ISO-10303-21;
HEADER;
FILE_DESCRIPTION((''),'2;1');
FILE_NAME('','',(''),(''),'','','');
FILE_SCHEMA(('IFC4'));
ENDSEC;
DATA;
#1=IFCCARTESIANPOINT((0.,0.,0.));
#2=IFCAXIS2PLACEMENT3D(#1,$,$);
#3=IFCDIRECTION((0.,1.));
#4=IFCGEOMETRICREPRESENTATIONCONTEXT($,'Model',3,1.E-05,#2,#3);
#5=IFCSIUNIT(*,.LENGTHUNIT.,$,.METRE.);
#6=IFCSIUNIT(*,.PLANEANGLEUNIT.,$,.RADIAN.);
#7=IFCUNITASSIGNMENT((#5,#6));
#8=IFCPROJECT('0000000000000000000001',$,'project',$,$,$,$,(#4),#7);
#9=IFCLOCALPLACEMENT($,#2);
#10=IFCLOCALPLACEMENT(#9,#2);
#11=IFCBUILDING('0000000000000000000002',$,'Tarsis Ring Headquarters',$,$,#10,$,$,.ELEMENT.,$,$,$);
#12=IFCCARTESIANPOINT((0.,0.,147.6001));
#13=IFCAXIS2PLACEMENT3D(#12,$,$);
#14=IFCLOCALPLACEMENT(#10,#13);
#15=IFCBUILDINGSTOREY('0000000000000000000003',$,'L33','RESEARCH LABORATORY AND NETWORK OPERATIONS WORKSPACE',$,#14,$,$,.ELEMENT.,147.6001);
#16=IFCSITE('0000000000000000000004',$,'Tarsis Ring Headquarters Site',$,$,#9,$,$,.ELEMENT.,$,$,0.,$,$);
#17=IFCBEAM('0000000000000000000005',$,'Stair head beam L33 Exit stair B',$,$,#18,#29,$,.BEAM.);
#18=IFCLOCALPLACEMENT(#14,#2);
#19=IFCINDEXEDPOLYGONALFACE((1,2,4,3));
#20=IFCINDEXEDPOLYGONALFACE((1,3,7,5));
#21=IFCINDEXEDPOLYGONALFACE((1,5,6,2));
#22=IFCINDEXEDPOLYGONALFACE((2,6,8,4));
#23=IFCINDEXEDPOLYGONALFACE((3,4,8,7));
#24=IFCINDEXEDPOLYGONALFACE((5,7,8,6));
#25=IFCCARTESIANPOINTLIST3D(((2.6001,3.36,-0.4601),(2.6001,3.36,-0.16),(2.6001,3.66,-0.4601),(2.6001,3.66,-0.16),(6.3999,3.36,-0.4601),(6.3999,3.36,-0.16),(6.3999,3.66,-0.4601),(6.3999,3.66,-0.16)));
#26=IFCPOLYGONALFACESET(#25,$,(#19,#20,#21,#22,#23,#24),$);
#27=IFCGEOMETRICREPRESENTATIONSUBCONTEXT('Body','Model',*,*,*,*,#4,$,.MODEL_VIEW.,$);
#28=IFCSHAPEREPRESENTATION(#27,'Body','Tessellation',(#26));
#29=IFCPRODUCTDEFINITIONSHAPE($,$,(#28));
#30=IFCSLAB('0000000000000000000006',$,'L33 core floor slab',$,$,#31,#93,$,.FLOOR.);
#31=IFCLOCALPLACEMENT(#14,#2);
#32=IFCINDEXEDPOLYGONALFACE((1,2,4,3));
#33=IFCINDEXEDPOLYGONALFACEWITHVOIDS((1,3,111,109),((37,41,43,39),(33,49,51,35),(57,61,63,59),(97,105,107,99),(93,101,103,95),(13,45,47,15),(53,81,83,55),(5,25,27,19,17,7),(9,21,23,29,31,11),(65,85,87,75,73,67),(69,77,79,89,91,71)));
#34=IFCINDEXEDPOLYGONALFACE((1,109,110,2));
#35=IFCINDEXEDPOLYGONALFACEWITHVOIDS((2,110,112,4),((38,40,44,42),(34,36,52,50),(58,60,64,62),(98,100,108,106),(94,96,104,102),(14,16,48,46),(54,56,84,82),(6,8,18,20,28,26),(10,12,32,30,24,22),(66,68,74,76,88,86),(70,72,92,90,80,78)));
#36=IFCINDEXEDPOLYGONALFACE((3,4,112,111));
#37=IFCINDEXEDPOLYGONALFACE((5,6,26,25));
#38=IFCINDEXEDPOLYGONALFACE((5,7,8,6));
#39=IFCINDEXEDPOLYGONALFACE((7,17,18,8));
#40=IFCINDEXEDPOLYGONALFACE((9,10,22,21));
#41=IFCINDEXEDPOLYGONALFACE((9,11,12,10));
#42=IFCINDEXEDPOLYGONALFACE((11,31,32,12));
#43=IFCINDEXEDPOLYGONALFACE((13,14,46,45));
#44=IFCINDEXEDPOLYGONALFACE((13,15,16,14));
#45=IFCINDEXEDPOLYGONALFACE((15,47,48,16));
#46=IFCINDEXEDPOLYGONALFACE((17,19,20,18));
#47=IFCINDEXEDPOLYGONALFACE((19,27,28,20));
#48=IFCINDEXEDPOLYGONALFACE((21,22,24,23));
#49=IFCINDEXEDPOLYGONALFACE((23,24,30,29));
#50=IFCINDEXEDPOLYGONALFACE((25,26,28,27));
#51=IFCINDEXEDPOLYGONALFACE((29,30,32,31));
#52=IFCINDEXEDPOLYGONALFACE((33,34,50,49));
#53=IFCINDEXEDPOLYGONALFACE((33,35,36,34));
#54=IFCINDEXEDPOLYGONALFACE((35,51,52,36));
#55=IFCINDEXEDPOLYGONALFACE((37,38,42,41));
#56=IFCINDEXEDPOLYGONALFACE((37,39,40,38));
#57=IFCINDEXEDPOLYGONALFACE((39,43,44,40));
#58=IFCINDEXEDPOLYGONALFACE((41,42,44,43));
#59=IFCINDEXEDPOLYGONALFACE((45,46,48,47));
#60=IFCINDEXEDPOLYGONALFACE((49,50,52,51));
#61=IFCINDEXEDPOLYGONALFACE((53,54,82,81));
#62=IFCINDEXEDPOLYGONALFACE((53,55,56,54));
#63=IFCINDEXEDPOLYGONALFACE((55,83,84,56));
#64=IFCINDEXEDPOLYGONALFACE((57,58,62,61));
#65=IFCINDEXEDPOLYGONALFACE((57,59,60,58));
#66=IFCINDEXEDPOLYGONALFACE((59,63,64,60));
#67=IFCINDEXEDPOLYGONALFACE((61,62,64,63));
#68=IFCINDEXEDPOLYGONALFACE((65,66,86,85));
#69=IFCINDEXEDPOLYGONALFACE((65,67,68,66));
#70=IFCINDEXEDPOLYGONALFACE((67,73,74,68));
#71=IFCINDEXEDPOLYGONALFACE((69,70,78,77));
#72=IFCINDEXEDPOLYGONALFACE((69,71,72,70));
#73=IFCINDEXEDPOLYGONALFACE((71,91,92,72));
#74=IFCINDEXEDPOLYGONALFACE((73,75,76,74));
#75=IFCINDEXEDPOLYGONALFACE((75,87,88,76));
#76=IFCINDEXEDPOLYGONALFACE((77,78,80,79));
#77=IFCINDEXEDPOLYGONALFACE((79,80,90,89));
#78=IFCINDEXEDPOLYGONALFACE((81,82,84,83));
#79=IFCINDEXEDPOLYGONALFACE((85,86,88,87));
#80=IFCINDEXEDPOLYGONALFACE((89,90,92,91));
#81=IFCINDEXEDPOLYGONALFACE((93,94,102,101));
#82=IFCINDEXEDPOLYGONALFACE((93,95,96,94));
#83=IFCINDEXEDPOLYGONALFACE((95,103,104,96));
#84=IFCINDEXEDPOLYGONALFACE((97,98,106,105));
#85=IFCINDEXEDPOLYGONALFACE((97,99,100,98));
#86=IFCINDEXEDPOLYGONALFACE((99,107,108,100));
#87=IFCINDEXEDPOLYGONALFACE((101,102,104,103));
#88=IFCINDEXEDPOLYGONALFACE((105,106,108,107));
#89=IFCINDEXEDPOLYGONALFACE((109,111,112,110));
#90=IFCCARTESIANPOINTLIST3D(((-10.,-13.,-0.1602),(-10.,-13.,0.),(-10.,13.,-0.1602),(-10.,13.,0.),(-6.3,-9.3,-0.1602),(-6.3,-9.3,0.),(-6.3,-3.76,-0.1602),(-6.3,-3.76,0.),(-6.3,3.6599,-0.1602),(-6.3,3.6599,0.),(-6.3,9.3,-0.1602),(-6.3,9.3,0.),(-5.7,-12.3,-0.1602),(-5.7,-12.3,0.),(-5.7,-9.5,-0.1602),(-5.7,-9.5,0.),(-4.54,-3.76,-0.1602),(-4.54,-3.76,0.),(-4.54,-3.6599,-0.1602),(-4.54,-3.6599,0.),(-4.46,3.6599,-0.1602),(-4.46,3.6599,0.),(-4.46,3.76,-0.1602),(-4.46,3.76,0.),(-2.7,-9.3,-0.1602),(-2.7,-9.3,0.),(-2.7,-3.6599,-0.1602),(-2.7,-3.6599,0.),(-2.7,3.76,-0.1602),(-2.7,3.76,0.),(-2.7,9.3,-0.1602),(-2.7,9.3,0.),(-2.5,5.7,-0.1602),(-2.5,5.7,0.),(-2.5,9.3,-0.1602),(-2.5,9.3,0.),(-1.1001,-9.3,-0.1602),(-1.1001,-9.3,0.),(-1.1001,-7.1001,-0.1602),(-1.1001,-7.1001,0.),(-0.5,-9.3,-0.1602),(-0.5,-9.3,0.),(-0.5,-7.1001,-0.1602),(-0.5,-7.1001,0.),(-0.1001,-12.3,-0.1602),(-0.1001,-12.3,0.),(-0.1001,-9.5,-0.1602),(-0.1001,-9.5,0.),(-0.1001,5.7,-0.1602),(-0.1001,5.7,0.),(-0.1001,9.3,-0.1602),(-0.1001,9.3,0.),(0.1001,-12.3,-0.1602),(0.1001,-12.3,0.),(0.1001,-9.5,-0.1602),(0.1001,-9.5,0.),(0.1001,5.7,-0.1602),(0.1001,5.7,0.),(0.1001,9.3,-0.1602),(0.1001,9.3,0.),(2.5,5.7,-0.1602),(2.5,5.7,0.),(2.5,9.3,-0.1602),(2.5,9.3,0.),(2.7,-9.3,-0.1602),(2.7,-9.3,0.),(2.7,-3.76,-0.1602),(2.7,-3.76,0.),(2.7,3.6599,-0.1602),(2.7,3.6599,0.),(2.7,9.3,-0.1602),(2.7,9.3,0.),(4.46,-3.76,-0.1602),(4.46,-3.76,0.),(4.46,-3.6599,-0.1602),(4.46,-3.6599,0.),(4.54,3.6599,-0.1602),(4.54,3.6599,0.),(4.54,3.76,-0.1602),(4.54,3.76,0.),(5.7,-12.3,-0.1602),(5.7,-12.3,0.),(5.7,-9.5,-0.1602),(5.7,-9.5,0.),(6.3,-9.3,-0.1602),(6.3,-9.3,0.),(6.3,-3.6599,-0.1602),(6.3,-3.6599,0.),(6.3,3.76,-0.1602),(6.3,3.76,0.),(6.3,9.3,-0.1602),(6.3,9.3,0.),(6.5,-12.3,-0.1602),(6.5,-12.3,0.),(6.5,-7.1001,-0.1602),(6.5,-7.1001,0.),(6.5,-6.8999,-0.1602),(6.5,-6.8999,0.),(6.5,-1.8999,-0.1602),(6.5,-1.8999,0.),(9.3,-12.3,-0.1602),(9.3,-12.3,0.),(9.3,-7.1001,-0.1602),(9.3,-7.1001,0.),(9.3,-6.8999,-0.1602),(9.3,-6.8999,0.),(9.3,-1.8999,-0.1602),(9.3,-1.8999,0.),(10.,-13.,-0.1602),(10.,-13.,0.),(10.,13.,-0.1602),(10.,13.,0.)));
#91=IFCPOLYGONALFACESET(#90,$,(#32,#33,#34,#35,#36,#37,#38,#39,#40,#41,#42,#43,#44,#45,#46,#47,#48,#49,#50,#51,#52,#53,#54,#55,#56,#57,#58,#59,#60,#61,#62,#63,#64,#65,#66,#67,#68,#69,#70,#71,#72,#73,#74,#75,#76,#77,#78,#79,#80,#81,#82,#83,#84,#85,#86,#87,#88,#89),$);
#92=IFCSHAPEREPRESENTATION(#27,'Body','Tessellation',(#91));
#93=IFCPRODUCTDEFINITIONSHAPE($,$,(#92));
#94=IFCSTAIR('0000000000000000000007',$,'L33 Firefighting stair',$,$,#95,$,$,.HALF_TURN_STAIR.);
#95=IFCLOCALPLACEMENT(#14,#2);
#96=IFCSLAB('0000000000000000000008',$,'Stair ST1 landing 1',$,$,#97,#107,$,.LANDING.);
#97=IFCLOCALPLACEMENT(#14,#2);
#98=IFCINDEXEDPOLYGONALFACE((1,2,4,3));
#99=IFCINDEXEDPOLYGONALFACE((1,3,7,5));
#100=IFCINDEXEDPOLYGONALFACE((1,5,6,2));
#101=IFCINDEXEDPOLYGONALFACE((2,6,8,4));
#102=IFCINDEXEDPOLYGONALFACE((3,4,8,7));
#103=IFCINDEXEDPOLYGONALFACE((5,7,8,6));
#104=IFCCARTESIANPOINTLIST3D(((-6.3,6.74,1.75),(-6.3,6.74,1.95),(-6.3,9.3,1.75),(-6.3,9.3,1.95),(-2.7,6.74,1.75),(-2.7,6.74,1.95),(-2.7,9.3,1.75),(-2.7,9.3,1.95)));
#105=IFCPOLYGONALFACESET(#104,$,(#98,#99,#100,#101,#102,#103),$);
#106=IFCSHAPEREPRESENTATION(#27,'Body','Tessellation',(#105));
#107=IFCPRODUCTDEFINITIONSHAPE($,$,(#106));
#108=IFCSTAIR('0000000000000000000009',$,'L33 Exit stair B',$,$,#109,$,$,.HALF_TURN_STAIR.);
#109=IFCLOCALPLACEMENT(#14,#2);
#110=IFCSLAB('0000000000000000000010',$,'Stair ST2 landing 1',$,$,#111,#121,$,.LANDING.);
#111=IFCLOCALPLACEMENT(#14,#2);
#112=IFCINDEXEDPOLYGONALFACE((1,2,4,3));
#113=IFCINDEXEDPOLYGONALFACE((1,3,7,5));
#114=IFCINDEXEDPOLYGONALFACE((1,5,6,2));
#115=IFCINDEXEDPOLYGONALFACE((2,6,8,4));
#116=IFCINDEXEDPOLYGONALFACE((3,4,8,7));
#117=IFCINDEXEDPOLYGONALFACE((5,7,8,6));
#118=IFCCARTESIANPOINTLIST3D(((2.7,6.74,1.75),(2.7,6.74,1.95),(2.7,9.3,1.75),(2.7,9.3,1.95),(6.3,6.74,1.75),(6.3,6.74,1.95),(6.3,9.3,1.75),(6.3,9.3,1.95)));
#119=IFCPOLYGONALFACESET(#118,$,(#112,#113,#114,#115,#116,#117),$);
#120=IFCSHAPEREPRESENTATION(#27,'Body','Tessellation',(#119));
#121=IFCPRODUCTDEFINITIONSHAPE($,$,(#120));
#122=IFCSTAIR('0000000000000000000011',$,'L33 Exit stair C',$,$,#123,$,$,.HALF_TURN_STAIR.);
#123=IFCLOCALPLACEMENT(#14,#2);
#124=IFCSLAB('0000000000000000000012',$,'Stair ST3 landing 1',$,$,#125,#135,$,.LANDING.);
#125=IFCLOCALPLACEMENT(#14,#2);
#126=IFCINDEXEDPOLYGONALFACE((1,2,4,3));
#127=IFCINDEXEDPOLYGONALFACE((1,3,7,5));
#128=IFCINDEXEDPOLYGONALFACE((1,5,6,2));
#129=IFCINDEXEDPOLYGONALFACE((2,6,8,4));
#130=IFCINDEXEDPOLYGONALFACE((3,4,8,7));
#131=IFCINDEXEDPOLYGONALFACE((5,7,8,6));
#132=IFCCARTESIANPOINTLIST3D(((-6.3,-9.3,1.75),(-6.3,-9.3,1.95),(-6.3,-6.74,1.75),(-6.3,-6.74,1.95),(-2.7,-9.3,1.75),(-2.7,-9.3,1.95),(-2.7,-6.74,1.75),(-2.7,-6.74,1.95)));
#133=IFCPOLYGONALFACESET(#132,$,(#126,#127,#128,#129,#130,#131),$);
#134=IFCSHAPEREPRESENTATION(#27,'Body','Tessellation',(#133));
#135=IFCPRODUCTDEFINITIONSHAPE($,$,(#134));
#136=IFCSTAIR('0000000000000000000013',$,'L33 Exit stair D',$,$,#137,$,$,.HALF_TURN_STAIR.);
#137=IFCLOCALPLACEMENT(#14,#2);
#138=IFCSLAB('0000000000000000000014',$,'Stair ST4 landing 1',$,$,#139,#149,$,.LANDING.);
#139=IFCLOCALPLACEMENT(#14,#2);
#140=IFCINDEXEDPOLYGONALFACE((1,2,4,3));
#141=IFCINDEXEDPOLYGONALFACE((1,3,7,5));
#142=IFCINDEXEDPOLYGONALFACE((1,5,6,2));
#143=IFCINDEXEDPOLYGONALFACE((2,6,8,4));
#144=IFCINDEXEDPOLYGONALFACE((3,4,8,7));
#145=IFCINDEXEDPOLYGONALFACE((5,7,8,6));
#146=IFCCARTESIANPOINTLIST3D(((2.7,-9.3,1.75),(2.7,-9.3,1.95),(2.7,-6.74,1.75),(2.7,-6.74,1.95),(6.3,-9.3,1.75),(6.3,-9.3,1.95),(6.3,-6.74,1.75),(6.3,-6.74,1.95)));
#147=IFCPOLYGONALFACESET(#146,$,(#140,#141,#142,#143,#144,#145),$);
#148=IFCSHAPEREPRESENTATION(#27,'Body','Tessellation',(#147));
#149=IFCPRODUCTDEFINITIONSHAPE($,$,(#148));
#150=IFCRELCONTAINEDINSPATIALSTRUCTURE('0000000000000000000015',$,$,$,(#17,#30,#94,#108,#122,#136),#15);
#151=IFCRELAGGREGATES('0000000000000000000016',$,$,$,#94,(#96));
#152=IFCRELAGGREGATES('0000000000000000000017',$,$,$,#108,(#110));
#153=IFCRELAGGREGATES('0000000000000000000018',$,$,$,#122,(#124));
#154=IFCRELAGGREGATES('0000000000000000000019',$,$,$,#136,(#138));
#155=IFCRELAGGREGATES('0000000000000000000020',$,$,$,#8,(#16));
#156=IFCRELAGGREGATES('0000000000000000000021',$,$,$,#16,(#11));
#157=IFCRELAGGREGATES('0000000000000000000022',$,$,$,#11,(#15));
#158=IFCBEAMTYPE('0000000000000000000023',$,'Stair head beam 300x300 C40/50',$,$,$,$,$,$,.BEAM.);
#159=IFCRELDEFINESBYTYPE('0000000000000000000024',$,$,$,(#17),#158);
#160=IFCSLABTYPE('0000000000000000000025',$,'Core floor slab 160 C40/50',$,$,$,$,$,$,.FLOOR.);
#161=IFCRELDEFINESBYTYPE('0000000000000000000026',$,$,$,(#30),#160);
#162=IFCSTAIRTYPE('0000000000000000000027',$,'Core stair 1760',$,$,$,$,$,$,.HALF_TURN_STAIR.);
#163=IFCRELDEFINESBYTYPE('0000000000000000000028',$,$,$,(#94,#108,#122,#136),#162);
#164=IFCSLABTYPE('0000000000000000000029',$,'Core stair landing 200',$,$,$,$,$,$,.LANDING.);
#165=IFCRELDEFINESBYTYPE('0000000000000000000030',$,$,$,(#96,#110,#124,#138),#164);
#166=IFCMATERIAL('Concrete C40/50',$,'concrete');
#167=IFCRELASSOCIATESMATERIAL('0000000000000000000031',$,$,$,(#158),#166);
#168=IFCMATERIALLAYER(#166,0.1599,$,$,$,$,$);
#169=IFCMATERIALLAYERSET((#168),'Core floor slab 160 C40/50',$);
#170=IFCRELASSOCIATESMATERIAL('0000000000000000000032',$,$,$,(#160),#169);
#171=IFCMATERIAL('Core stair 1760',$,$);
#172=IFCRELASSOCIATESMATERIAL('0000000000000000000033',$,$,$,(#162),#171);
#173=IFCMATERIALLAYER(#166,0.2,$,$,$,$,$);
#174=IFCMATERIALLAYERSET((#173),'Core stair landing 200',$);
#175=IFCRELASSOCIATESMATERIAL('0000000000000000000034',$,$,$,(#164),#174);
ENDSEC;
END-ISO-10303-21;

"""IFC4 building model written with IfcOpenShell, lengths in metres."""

from ifc_helpers import new_model, si_unit, direction, frame, origin, origin_2d, place, context, subcontext, project, spatial, polyline, rectangle, outline, extrude, material, layer, layer_set, material_profile, profile_set, type_object, element, aggregate, save


model = new_model("IFC4")

# Units and contexts
model_context = context("Model", 3, precision=1e-05, world=origin(), true_north=direction((0.0, 1.0)))
body_context = subcontext(model_context, "Body", "Model", "MODEL_VIEW")
ifc_project = project(units=[si_unit("LENGTHUNIT", "METRE"), si_unit("PLANEANGLEUNIT", "RADIAN")], contexts=[model_context])

# Site, building, storey
site_placement = place(None, origin())
site = spatial("IfcSite", under=ifc_project, at=site_placement, Name="Tarsis Ring Headquarters Site", CompositionType="ELEMENT", RefElevation=0.0)
building_placement = place(site_placement, origin())
building = spatial("IfcBuilding", under=site, at=building_placement, Name="Tarsis Ring Headquarters", CompositionType="ELEMENT")
storey_placement = place(building_placement, frame((0.0, 0.0, 147.6001)))
storey = spatial("IfcBuildingStorey", under=building, at=storey_placement, Name="L33", Description="RESEARCH LABORATORY AND NETWORK OPERATIONS WORKSPACE", CompositionType="ELEMENT", Elevation=147.6001)

# Beam
ifc_material_1 = material(Name="Concrete C40/50", Category="concrete")
ifc_material_profile = material_profile(ifc_material_1, rectangle(XDim=0.3, YDim=0.3, at=origin_2d()), Name="Stair head beam 300x300 C40/50")
ifc_profile_set = profile_set([ifc_material_profile], Name="Concrete C40/50")
beam_type = type_object("IfcBeamType", Name="Stair head beam 300x300 C40/50", PredefinedType="BEAM", material=ifc_profile_set)
beam_placement = place(storey_placement, frame((2.6001, 3.51, -0.3101), z_axis=(1.0, 0.0, 0.0), x_axis=(0.0, 1.0, 0.0)))
element("IfcBeam", 1, at=beam_placement, inside=storey, type_object=beam_type, Name="Stair head beam L33 Exit stair B", PredefinedType="BEAM", context=body_context, shape_type="SweptSolid", body=[
    extrude(rectangle(XDim=0.3, YDim=0.3, at=origin_2d()), origin(), (0.0, 0.0, 1.0), 3.7998),
])

# Slab
ifc_layer_1 = layer(ifc_material_1, 0.1599)
ifc_layer_set_1 = layer_set([ifc_layer_1], Name="Core floor slab 160 C40/50")
slab_type_1 = type_object("IfcSlabType", Name="Core floor slab 160 C40/50", PredefinedType="FLOOR", material=ifc_layer_set_1)
slab_1_placement = place(storey_placement, frame((0.0, 0.0, -0.1602)))
element("IfcSlab", 2, at=slab_1_placement, inside=storey, type_object=slab_type_1, Name="L33 core floor slab", PredefinedType="FLOOR", context=body_context, shape_type="SweptSolid", body=[
    extrude(outline(polyline([(-10.0, -13.0), (10.0, -13.0), (10.0, 13.0), (-10.0, 13.0), (-10.0, -13.0)]), holes=[polyline([(-2.5, 5.7), (-0.1001, 5.7), (-0.1001, 9.3), (-2.5, 9.3), (-2.5, 5.7)]), polyline([(0.1001, 5.7), (2.5, 5.7), (2.5, 9.3), (0.1001, 9.3), (0.1001, 5.7)]), polyline([(6.5, -12.3), (9.3, -12.3), (9.3, -7.1001), (6.5, -7.1001), (6.5, -12.3)]), polyline([(6.5, -6.8999), (9.3, -6.8999), (9.3, -1.8999), (6.5, -1.8999), (6.5, -6.8999)]), polyline([(-5.7, -12.3), (-0.1001, -12.3), (-0.1001, -9.5), (-5.7, -9.5), (-5.7, -12.3)]), polyline([(0.1001, -12.3), (5.7, -12.3), (5.7, -9.5), (0.1001, -9.5), (0.1001, -12.3)]), polyline([(-1.1001, -9.3), (-0.5, -9.3), (-0.5, -7.1001), (-1.1001, -7.1001), (-1.1001, -9.3)]), polyline([(-2.7, 3.76), (-2.7, 9.3), (-6.3, 9.3), (-6.3, 3.6599), (-4.46, 3.6599), (-4.46, 3.76), (-2.7, 3.76)]), polyline([(6.3, 3.76), (6.3, 9.3), (2.7, 9.3), (2.7, 3.6599), (4.54, 3.6599), (4.54, 3.76), (6.3, 3.76)]), polyline([(-6.3, -3.76), (-6.3, -9.3), (-2.7, -9.3), (-2.7, -3.6599), (-4.54, -3.6599), (-4.54, -3.76), (-6.3, -3.76)]), polyline([(2.7, -3.76), (2.7, -9.3), (6.3, -9.3), (6.3, -3.6599), (4.46, -3.6599), (4.46, -3.76), (2.7, -3.76)])]), origin(), (0.0, 0.0, 1.0), 0.1602),
])

# Stairs, slabs
ifc_material_2 = material(Name="Core stair 1760")
stair_type = type_object("IfcStairType", Name="Core stair 1760", PredefinedType="HALF_TURN_STAIR", material=ifc_material_2)
stair_1_placement = place(storey_placement, origin())
stair_1 = element("IfcStair", 3, at=stair_1_placement, inside=storey, type_object=stair_type, Name="L33 Firefighting stair", PredefinedType="HALF_TURN_STAIR")
ifc_layer_2 = layer(ifc_material_1, 0.2)
ifc_layer_set_2 = layer_set([ifc_layer_2], Name="Core stair landing 200")
slab_type_2 = type_object("IfcSlabType", Name="Core stair landing 200", PredefinedType="LANDING", material=ifc_layer_set_2)
slab_2_placement = place(storey_placement, frame((0.0, 0.0, 1.75)))
slab_2 = element("IfcSlab", 4, at=slab_2_placement, type_object=slab_type_2, Name="Stair ST1 landing 1", PredefinedType="LANDING", context=body_context, shape_type="SweptSolid", body=[
    extrude(outline(polyline([(-2.7, 6.74), (-2.7, 9.3), (-6.3, 9.3), (-6.3, 6.74), (-2.7, 6.74)])), origin(), (0.0, 0.0, 1.0), 0.2),
])
aggregate(stair_1, [slab_2])
stair_2_placement = place(storey_placement, origin())
stair_2 = element("IfcStair", 5, at=stair_2_placement, inside=storey, type_object=stair_type, Name="L33 Exit stair B", PredefinedType="HALF_TURN_STAIR")
slab_3_placement = place(storey_placement, frame((0.0, 0.0, 1.75)))
slab_3 = element("IfcSlab", 6, at=slab_3_placement, type_object=slab_type_2, Name="Stair ST2 landing 1", PredefinedType="LANDING", context=body_context, shape_type="SweptSolid", body=[
    extrude(outline(polyline([(6.3, 6.74), (6.3, 9.3), (2.7, 9.3), (2.7, 6.74), (6.3, 6.74)])), origin(), (0.0, 0.0, 1.0), 0.2),
])
aggregate(stair_2, [slab_3])
stair_3_placement = place(storey_placement, origin())
stair_3 = element("IfcStair", 7, at=stair_3_placement, inside=storey, type_object=stair_type, Name="L33 Exit stair C", PredefinedType="HALF_TURN_STAIR")
slab_4_placement = place(storey_placement, frame((0.0, 0.0, 1.75)))
slab_4 = element("IfcSlab", 8, at=slab_4_placement, type_object=slab_type_2, Name="Stair ST3 landing 1", PredefinedType="LANDING", context=body_context, shape_type="SweptSolid", body=[
    extrude(outline(polyline([(-6.3, -6.74), (-6.3, -9.3), (-2.7, -9.3), (-2.7, -6.74), (-6.3, -6.74)])), origin(), (0.0, 0.0, 1.0), 0.2),
])
aggregate(stair_3, [slab_4])
stair_4_placement = place(storey_placement, origin())
stair_4 = element("IfcStair", 9, at=stair_4_placement, inside=storey, type_object=stair_type, Name="L33 Exit stair D", PredefinedType="HALF_TURN_STAIR")
slab_5_placement = place(storey_placement, frame((0.0, 0.0, 1.75)))
slab_5 = element("IfcSlab", 10, at=slab_5_placement, type_object=slab_type_2, Name="Stair ST4 landing 1", PredefinedType="LANDING", context=body_context, shape_type="SweptSolid", body=[
    extrude(outline(polyline([(2.7, -6.74), (2.7, -9.3), (6.3, -9.3), (6.3, -6.74), (2.7, -6.74)])), origin(), (0.0, 0.0, 1.0), 0.2),
])
aggregate(stair_4, [slab_5])

save(model, "model.ifc")
